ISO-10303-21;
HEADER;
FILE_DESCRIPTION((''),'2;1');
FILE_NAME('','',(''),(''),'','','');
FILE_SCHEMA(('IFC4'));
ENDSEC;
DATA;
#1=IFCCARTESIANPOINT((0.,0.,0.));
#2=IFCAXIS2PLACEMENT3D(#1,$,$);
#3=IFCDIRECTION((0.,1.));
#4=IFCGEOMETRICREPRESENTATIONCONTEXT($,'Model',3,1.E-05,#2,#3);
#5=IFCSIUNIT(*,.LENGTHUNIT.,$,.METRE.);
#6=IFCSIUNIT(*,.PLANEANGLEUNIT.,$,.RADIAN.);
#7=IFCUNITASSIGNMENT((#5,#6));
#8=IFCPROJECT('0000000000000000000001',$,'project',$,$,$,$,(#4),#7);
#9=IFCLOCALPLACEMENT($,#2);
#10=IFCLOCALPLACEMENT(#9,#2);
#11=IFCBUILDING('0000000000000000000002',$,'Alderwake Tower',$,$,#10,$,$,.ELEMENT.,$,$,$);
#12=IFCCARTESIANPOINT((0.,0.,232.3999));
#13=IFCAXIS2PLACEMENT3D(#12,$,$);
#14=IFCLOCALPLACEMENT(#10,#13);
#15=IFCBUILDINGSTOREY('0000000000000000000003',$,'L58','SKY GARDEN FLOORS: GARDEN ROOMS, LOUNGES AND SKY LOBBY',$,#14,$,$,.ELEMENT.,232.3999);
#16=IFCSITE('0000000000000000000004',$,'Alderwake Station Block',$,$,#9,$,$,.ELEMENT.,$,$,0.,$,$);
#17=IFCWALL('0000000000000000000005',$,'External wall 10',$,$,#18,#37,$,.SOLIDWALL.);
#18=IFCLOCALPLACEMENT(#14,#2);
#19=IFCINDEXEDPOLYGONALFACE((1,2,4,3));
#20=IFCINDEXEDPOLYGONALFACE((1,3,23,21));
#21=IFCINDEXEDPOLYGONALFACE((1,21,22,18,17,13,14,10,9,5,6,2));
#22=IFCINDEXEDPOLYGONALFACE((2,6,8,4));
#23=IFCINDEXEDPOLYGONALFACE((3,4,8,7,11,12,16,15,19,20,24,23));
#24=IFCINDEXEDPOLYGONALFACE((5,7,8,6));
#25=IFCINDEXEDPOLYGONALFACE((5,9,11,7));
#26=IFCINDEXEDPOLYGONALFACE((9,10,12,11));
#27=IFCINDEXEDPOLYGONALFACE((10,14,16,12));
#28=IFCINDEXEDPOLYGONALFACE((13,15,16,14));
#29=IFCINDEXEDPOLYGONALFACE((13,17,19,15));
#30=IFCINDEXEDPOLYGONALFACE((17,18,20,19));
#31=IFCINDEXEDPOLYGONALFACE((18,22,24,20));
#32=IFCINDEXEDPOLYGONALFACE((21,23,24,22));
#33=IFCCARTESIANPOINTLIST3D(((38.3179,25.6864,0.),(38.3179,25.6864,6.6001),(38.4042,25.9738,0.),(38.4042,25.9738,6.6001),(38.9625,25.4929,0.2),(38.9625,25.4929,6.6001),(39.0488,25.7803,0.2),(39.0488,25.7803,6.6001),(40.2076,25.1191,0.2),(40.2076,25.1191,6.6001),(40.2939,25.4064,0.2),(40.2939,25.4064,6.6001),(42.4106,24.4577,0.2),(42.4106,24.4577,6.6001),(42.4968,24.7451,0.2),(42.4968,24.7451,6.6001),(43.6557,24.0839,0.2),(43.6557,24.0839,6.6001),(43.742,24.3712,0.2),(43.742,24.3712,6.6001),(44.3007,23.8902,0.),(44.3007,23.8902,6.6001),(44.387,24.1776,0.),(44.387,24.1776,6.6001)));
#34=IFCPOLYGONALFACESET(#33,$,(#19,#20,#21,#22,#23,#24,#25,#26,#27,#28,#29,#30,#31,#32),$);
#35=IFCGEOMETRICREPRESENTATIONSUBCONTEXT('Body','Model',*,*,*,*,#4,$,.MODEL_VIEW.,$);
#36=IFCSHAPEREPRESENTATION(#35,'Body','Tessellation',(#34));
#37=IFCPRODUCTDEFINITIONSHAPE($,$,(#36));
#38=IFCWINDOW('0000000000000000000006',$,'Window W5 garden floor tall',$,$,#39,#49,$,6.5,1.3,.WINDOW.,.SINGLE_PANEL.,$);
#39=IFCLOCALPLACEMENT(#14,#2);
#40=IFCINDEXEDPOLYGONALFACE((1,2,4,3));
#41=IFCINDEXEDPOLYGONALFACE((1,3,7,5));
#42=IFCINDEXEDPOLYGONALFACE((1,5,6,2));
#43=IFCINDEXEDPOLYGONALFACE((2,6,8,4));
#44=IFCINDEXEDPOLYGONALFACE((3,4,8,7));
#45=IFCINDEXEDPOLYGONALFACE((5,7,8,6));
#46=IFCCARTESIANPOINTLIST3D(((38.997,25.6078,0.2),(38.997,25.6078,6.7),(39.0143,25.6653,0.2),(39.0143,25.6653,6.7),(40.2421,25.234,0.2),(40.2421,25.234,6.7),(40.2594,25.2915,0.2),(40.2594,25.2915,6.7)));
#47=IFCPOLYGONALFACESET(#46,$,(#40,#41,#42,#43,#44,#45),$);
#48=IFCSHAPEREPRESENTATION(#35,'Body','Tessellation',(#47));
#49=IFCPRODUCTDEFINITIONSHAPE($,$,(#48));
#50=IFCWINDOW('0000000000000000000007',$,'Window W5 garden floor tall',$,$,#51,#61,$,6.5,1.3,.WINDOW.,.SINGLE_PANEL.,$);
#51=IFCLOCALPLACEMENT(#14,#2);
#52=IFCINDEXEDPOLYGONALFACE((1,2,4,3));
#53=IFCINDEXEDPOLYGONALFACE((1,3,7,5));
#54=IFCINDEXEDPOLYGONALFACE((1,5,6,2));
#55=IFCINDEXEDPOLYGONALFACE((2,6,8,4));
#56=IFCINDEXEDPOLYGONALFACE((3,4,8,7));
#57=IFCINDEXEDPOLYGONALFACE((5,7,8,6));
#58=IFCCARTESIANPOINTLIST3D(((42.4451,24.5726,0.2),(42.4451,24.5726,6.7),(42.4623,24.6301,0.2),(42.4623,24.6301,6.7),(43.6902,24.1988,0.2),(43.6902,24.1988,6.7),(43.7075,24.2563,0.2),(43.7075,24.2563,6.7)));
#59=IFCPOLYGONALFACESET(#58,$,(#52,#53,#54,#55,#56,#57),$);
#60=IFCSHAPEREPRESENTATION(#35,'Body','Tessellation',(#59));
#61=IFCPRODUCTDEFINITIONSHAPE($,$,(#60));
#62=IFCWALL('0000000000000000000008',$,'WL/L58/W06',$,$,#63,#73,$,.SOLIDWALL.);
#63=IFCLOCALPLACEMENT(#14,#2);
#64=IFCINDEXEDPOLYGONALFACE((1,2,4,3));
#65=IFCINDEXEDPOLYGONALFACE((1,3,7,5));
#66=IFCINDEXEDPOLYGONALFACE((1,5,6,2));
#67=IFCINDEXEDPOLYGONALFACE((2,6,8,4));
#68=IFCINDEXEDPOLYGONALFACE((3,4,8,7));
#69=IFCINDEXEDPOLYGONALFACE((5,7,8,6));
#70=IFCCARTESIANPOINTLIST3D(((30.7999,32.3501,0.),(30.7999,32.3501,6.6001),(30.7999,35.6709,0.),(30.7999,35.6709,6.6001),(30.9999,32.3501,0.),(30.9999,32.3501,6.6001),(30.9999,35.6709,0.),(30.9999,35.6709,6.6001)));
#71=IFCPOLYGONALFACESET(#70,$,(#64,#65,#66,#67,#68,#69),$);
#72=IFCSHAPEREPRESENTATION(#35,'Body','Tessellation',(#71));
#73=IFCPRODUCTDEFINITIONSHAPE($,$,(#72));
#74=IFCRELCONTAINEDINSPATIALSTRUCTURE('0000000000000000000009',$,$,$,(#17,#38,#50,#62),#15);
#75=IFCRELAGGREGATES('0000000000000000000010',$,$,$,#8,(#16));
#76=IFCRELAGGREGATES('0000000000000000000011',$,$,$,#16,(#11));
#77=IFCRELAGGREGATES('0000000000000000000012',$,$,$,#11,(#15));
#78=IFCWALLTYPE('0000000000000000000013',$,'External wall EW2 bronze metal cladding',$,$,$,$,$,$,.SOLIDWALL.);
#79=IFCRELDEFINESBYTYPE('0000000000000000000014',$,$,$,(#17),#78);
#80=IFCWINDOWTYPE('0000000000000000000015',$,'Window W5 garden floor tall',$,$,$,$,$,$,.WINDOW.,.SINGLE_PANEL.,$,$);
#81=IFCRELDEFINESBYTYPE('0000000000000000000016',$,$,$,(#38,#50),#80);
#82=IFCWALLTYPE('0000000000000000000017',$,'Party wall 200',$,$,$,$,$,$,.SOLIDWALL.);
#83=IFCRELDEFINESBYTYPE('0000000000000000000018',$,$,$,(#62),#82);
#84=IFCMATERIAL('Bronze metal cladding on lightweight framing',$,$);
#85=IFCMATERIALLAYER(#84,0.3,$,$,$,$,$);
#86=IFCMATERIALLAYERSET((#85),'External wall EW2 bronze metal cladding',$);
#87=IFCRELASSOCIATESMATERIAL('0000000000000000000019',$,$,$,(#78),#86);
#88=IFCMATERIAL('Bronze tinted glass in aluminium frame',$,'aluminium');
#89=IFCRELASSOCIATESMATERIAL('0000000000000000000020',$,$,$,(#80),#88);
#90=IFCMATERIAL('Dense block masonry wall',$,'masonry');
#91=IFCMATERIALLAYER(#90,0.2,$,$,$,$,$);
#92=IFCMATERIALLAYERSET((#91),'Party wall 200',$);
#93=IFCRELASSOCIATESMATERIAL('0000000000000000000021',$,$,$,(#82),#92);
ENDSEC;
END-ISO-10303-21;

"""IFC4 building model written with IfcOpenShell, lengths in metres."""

from ifc_helpers import new_model, si_unit, direction, frame, frame_2d, origin, place, context, subcontext, project, spatial, rectangle, extrude, material, layer, layer_set, type_object, element, fill, save


model = new_model("IFC4")

# Units and contexts
model_context = context("Model", 3, precision=1e-05, world=origin(), true_north=direction((0.0, 1.0)))
body_context = subcontext(model_context, "Body", "Model", "MODEL_VIEW")
ifc_project = project(units=[si_unit("LENGTHUNIT", "METRE"), si_unit("PLANEANGLEUNIT", "RADIAN")], contexts=[model_context])

# Site, building, storey
site_placement = place(None, origin())
site = spatial("IfcSite", under=ifc_project, at=site_placement, Name="Alderwake Station Block", CompositionType="ELEMENT", RefElevation=0.0)
building_placement = place(site_placement, origin())
building = spatial("IfcBuilding", under=site, at=building_placement, Name="Alderwake Tower", CompositionType="ELEMENT")
storey_placement = place(building_placement, frame((0.0, 0.0, 232.3999)))
storey = spatial("IfcBuildingStorey", under=building, at=storey_placement, Name="L58", Description="SKY GARDEN FLOORS: GARDEN ROOMS, LOUNGES AND SKY LOBBY", CompositionType="ELEMENT", Elevation=232.3999)

# Wall, openings, windows
ifc_material_1 = material(Name="Bronze metal cladding on lightweight framing")
ifc_layer_1 = layer(ifc_material_1, 0.3)
ifc_layer_set_1 = layer_set([ifc_layer_1], Name="External wall EW2 bronze metal cladding")
wall_type_1 = type_object("IfcWallType", Name="External wall EW2 bronze metal cladding", PredefinedType="SOLIDWALL", material=ifc_layer_set_1)
ifc_material_2 = material(Name="Bronze tinted glass in aluminium frame", Category="aluminium")
window_type = type_object("IfcWindowType", Name="Window W5 garden floor tall", PartitioningType="SINGLE_PANEL", PredefinedType="WINDOW", material=ifc_material_2)
wall_1_placement = place(storey_placement, frame((38.3611, 25.8301, 0.0), z_axis=(0.0, 0.0, 1.0), x_axis=(0.957767, -0.287545, 0.0)))
wall_1 = element("IfcWall", 1, at=wall_1_placement, inside=storey, type_object=wall_type_1, Name="External wall 10", PredefinedType="SOLIDWALL", context=body_context, shape_type="SweptSolid", body=[
    extrude(rectangle(XDim=6.2466, YDim=0.3, at=frame_2d((3.1233, 0.0))), origin(), (0.0, 0.0, 1.0), 6.6001),
])
opening_1_placement = place(wall_1_placement, frame((0.6731, 0.0, 0.2)))
opening_1 = element("IfcOpeningElement", 2, at=opening_1_placement, cuts=wall_1, PredefinedType="OPENING", context=body_context, shape_type="SweptSolid", body=[
    extrude(rectangle(XDim=1.3, YDim=6.5, at=frame_2d((0.6499, 3.25))), frame((0.0, 0.1599, 0.0), z_axis=(0.0, -1.0, 0.0), x_axis=(1.0, 0.0, 0.0)), (0.0, 0.0, 1.0), 0.3201),
])
opening_2_placement = place(wall_1_placement, frame((4.2732, 0.0, 0.2)))
opening_2 = element("IfcOpeningElement", 3, at=opening_2_placement, cuts=wall_1, PredefinedType="OPENING", context=body_context, shape_type="SweptSolid", body=[
    extrude(rectangle(XDim=1.3, YDim=6.5, at=frame_2d((0.6499, 3.25))), frame((0.0, 0.1599, 0.0), z_axis=(0.0, -1.0, 0.0), x_axis=(1.0, 0.0, 0.0)), (0.0, 0.0, 1.0), 0.3201),
])
window_1_placement = place(opening_1_placement, origin())
window_1 = element("IfcWindow", 4, at=window_1_placement, inside=storey, type_object=window_type, Name="Window W5 garden floor tall", OverallHeight=6.5, OverallWidth=1.3, PartitioningType="SINGLE_PANEL", PredefinedType="WINDOW", context=body_context, shape_type="SweptSolid", body=[
    extrude(rectangle(XDim=1.3, YDim=6.5, at=frame_2d((0.6499, 3.25))), frame((0.0, 0.03, 0.0), z_axis=(0.0, -1.0, 0.0), x_axis=(1.0, 0.0, 0.0)), (0.0, 0.0, 1.0), 0.0601),
])
fill(opening_1, window_1)
window_2_placement = place(opening_2_placement, origin())
window_2 = element("IfcWindow", 5, at=window_2_placement, inside=storey, type_object=window_type, Name="Window W5 garden floor tall", OverallHeight=6.5, OverallWidth=1.3, PartitioningType="SINGLE_PANEL", PredefinedType="WINDOW", context=body_context, shape_type="SweptSolid", body=[
    extrude(rectangle(XDim=1.3, YDim=6.5, at=frame_2d((0.6499, 3.25))), frame((0.0, 0.03, 0.0), z_axis=(0.0, -1.0, 0.0), x_axis=(1.0, 0.0, 0.0)), (0.0, 0.0, 1.0), 0.0601),
])
fill(opening_2, window_2)

# Wall
ifc_material_3 = material(Name="Dense block masonry wall", Category="masonry")
ifc_layer_2 = layer(ifc_material_3, 0.2)
ifc_layer_set_2 = layer_set([ifc_layer_2], Name="Party wall 200")
wall_type_2 = type_object("IfcWallType", Name="Party wall 200", PredefinedType="SOLIDWALL", material=ifc_layer_set_2)
wall_2_placement = place(storey_placement, frame((30.8999, 32.3501, 0.0), z_axis=(0.0, 0.0, 1.0), x_axis=(0.0, 1.0, 0.0)))
element("IfcWall", 6, at=wall_2_placement, inside=storey, type_object=wall_type_2, Name="WL/L58/W06", PredefinedType="SOLIDWALL", context=body_context, shape_type="SweptSolid", body=[
    extrude(rectangle(XDim=3.3208, YDim=0.2, at=frame_2d((1.6604, 0.0))), origin(), (0.0, 0.0, 1.0), 6.6001),
])

save(model, "model.ifc")
